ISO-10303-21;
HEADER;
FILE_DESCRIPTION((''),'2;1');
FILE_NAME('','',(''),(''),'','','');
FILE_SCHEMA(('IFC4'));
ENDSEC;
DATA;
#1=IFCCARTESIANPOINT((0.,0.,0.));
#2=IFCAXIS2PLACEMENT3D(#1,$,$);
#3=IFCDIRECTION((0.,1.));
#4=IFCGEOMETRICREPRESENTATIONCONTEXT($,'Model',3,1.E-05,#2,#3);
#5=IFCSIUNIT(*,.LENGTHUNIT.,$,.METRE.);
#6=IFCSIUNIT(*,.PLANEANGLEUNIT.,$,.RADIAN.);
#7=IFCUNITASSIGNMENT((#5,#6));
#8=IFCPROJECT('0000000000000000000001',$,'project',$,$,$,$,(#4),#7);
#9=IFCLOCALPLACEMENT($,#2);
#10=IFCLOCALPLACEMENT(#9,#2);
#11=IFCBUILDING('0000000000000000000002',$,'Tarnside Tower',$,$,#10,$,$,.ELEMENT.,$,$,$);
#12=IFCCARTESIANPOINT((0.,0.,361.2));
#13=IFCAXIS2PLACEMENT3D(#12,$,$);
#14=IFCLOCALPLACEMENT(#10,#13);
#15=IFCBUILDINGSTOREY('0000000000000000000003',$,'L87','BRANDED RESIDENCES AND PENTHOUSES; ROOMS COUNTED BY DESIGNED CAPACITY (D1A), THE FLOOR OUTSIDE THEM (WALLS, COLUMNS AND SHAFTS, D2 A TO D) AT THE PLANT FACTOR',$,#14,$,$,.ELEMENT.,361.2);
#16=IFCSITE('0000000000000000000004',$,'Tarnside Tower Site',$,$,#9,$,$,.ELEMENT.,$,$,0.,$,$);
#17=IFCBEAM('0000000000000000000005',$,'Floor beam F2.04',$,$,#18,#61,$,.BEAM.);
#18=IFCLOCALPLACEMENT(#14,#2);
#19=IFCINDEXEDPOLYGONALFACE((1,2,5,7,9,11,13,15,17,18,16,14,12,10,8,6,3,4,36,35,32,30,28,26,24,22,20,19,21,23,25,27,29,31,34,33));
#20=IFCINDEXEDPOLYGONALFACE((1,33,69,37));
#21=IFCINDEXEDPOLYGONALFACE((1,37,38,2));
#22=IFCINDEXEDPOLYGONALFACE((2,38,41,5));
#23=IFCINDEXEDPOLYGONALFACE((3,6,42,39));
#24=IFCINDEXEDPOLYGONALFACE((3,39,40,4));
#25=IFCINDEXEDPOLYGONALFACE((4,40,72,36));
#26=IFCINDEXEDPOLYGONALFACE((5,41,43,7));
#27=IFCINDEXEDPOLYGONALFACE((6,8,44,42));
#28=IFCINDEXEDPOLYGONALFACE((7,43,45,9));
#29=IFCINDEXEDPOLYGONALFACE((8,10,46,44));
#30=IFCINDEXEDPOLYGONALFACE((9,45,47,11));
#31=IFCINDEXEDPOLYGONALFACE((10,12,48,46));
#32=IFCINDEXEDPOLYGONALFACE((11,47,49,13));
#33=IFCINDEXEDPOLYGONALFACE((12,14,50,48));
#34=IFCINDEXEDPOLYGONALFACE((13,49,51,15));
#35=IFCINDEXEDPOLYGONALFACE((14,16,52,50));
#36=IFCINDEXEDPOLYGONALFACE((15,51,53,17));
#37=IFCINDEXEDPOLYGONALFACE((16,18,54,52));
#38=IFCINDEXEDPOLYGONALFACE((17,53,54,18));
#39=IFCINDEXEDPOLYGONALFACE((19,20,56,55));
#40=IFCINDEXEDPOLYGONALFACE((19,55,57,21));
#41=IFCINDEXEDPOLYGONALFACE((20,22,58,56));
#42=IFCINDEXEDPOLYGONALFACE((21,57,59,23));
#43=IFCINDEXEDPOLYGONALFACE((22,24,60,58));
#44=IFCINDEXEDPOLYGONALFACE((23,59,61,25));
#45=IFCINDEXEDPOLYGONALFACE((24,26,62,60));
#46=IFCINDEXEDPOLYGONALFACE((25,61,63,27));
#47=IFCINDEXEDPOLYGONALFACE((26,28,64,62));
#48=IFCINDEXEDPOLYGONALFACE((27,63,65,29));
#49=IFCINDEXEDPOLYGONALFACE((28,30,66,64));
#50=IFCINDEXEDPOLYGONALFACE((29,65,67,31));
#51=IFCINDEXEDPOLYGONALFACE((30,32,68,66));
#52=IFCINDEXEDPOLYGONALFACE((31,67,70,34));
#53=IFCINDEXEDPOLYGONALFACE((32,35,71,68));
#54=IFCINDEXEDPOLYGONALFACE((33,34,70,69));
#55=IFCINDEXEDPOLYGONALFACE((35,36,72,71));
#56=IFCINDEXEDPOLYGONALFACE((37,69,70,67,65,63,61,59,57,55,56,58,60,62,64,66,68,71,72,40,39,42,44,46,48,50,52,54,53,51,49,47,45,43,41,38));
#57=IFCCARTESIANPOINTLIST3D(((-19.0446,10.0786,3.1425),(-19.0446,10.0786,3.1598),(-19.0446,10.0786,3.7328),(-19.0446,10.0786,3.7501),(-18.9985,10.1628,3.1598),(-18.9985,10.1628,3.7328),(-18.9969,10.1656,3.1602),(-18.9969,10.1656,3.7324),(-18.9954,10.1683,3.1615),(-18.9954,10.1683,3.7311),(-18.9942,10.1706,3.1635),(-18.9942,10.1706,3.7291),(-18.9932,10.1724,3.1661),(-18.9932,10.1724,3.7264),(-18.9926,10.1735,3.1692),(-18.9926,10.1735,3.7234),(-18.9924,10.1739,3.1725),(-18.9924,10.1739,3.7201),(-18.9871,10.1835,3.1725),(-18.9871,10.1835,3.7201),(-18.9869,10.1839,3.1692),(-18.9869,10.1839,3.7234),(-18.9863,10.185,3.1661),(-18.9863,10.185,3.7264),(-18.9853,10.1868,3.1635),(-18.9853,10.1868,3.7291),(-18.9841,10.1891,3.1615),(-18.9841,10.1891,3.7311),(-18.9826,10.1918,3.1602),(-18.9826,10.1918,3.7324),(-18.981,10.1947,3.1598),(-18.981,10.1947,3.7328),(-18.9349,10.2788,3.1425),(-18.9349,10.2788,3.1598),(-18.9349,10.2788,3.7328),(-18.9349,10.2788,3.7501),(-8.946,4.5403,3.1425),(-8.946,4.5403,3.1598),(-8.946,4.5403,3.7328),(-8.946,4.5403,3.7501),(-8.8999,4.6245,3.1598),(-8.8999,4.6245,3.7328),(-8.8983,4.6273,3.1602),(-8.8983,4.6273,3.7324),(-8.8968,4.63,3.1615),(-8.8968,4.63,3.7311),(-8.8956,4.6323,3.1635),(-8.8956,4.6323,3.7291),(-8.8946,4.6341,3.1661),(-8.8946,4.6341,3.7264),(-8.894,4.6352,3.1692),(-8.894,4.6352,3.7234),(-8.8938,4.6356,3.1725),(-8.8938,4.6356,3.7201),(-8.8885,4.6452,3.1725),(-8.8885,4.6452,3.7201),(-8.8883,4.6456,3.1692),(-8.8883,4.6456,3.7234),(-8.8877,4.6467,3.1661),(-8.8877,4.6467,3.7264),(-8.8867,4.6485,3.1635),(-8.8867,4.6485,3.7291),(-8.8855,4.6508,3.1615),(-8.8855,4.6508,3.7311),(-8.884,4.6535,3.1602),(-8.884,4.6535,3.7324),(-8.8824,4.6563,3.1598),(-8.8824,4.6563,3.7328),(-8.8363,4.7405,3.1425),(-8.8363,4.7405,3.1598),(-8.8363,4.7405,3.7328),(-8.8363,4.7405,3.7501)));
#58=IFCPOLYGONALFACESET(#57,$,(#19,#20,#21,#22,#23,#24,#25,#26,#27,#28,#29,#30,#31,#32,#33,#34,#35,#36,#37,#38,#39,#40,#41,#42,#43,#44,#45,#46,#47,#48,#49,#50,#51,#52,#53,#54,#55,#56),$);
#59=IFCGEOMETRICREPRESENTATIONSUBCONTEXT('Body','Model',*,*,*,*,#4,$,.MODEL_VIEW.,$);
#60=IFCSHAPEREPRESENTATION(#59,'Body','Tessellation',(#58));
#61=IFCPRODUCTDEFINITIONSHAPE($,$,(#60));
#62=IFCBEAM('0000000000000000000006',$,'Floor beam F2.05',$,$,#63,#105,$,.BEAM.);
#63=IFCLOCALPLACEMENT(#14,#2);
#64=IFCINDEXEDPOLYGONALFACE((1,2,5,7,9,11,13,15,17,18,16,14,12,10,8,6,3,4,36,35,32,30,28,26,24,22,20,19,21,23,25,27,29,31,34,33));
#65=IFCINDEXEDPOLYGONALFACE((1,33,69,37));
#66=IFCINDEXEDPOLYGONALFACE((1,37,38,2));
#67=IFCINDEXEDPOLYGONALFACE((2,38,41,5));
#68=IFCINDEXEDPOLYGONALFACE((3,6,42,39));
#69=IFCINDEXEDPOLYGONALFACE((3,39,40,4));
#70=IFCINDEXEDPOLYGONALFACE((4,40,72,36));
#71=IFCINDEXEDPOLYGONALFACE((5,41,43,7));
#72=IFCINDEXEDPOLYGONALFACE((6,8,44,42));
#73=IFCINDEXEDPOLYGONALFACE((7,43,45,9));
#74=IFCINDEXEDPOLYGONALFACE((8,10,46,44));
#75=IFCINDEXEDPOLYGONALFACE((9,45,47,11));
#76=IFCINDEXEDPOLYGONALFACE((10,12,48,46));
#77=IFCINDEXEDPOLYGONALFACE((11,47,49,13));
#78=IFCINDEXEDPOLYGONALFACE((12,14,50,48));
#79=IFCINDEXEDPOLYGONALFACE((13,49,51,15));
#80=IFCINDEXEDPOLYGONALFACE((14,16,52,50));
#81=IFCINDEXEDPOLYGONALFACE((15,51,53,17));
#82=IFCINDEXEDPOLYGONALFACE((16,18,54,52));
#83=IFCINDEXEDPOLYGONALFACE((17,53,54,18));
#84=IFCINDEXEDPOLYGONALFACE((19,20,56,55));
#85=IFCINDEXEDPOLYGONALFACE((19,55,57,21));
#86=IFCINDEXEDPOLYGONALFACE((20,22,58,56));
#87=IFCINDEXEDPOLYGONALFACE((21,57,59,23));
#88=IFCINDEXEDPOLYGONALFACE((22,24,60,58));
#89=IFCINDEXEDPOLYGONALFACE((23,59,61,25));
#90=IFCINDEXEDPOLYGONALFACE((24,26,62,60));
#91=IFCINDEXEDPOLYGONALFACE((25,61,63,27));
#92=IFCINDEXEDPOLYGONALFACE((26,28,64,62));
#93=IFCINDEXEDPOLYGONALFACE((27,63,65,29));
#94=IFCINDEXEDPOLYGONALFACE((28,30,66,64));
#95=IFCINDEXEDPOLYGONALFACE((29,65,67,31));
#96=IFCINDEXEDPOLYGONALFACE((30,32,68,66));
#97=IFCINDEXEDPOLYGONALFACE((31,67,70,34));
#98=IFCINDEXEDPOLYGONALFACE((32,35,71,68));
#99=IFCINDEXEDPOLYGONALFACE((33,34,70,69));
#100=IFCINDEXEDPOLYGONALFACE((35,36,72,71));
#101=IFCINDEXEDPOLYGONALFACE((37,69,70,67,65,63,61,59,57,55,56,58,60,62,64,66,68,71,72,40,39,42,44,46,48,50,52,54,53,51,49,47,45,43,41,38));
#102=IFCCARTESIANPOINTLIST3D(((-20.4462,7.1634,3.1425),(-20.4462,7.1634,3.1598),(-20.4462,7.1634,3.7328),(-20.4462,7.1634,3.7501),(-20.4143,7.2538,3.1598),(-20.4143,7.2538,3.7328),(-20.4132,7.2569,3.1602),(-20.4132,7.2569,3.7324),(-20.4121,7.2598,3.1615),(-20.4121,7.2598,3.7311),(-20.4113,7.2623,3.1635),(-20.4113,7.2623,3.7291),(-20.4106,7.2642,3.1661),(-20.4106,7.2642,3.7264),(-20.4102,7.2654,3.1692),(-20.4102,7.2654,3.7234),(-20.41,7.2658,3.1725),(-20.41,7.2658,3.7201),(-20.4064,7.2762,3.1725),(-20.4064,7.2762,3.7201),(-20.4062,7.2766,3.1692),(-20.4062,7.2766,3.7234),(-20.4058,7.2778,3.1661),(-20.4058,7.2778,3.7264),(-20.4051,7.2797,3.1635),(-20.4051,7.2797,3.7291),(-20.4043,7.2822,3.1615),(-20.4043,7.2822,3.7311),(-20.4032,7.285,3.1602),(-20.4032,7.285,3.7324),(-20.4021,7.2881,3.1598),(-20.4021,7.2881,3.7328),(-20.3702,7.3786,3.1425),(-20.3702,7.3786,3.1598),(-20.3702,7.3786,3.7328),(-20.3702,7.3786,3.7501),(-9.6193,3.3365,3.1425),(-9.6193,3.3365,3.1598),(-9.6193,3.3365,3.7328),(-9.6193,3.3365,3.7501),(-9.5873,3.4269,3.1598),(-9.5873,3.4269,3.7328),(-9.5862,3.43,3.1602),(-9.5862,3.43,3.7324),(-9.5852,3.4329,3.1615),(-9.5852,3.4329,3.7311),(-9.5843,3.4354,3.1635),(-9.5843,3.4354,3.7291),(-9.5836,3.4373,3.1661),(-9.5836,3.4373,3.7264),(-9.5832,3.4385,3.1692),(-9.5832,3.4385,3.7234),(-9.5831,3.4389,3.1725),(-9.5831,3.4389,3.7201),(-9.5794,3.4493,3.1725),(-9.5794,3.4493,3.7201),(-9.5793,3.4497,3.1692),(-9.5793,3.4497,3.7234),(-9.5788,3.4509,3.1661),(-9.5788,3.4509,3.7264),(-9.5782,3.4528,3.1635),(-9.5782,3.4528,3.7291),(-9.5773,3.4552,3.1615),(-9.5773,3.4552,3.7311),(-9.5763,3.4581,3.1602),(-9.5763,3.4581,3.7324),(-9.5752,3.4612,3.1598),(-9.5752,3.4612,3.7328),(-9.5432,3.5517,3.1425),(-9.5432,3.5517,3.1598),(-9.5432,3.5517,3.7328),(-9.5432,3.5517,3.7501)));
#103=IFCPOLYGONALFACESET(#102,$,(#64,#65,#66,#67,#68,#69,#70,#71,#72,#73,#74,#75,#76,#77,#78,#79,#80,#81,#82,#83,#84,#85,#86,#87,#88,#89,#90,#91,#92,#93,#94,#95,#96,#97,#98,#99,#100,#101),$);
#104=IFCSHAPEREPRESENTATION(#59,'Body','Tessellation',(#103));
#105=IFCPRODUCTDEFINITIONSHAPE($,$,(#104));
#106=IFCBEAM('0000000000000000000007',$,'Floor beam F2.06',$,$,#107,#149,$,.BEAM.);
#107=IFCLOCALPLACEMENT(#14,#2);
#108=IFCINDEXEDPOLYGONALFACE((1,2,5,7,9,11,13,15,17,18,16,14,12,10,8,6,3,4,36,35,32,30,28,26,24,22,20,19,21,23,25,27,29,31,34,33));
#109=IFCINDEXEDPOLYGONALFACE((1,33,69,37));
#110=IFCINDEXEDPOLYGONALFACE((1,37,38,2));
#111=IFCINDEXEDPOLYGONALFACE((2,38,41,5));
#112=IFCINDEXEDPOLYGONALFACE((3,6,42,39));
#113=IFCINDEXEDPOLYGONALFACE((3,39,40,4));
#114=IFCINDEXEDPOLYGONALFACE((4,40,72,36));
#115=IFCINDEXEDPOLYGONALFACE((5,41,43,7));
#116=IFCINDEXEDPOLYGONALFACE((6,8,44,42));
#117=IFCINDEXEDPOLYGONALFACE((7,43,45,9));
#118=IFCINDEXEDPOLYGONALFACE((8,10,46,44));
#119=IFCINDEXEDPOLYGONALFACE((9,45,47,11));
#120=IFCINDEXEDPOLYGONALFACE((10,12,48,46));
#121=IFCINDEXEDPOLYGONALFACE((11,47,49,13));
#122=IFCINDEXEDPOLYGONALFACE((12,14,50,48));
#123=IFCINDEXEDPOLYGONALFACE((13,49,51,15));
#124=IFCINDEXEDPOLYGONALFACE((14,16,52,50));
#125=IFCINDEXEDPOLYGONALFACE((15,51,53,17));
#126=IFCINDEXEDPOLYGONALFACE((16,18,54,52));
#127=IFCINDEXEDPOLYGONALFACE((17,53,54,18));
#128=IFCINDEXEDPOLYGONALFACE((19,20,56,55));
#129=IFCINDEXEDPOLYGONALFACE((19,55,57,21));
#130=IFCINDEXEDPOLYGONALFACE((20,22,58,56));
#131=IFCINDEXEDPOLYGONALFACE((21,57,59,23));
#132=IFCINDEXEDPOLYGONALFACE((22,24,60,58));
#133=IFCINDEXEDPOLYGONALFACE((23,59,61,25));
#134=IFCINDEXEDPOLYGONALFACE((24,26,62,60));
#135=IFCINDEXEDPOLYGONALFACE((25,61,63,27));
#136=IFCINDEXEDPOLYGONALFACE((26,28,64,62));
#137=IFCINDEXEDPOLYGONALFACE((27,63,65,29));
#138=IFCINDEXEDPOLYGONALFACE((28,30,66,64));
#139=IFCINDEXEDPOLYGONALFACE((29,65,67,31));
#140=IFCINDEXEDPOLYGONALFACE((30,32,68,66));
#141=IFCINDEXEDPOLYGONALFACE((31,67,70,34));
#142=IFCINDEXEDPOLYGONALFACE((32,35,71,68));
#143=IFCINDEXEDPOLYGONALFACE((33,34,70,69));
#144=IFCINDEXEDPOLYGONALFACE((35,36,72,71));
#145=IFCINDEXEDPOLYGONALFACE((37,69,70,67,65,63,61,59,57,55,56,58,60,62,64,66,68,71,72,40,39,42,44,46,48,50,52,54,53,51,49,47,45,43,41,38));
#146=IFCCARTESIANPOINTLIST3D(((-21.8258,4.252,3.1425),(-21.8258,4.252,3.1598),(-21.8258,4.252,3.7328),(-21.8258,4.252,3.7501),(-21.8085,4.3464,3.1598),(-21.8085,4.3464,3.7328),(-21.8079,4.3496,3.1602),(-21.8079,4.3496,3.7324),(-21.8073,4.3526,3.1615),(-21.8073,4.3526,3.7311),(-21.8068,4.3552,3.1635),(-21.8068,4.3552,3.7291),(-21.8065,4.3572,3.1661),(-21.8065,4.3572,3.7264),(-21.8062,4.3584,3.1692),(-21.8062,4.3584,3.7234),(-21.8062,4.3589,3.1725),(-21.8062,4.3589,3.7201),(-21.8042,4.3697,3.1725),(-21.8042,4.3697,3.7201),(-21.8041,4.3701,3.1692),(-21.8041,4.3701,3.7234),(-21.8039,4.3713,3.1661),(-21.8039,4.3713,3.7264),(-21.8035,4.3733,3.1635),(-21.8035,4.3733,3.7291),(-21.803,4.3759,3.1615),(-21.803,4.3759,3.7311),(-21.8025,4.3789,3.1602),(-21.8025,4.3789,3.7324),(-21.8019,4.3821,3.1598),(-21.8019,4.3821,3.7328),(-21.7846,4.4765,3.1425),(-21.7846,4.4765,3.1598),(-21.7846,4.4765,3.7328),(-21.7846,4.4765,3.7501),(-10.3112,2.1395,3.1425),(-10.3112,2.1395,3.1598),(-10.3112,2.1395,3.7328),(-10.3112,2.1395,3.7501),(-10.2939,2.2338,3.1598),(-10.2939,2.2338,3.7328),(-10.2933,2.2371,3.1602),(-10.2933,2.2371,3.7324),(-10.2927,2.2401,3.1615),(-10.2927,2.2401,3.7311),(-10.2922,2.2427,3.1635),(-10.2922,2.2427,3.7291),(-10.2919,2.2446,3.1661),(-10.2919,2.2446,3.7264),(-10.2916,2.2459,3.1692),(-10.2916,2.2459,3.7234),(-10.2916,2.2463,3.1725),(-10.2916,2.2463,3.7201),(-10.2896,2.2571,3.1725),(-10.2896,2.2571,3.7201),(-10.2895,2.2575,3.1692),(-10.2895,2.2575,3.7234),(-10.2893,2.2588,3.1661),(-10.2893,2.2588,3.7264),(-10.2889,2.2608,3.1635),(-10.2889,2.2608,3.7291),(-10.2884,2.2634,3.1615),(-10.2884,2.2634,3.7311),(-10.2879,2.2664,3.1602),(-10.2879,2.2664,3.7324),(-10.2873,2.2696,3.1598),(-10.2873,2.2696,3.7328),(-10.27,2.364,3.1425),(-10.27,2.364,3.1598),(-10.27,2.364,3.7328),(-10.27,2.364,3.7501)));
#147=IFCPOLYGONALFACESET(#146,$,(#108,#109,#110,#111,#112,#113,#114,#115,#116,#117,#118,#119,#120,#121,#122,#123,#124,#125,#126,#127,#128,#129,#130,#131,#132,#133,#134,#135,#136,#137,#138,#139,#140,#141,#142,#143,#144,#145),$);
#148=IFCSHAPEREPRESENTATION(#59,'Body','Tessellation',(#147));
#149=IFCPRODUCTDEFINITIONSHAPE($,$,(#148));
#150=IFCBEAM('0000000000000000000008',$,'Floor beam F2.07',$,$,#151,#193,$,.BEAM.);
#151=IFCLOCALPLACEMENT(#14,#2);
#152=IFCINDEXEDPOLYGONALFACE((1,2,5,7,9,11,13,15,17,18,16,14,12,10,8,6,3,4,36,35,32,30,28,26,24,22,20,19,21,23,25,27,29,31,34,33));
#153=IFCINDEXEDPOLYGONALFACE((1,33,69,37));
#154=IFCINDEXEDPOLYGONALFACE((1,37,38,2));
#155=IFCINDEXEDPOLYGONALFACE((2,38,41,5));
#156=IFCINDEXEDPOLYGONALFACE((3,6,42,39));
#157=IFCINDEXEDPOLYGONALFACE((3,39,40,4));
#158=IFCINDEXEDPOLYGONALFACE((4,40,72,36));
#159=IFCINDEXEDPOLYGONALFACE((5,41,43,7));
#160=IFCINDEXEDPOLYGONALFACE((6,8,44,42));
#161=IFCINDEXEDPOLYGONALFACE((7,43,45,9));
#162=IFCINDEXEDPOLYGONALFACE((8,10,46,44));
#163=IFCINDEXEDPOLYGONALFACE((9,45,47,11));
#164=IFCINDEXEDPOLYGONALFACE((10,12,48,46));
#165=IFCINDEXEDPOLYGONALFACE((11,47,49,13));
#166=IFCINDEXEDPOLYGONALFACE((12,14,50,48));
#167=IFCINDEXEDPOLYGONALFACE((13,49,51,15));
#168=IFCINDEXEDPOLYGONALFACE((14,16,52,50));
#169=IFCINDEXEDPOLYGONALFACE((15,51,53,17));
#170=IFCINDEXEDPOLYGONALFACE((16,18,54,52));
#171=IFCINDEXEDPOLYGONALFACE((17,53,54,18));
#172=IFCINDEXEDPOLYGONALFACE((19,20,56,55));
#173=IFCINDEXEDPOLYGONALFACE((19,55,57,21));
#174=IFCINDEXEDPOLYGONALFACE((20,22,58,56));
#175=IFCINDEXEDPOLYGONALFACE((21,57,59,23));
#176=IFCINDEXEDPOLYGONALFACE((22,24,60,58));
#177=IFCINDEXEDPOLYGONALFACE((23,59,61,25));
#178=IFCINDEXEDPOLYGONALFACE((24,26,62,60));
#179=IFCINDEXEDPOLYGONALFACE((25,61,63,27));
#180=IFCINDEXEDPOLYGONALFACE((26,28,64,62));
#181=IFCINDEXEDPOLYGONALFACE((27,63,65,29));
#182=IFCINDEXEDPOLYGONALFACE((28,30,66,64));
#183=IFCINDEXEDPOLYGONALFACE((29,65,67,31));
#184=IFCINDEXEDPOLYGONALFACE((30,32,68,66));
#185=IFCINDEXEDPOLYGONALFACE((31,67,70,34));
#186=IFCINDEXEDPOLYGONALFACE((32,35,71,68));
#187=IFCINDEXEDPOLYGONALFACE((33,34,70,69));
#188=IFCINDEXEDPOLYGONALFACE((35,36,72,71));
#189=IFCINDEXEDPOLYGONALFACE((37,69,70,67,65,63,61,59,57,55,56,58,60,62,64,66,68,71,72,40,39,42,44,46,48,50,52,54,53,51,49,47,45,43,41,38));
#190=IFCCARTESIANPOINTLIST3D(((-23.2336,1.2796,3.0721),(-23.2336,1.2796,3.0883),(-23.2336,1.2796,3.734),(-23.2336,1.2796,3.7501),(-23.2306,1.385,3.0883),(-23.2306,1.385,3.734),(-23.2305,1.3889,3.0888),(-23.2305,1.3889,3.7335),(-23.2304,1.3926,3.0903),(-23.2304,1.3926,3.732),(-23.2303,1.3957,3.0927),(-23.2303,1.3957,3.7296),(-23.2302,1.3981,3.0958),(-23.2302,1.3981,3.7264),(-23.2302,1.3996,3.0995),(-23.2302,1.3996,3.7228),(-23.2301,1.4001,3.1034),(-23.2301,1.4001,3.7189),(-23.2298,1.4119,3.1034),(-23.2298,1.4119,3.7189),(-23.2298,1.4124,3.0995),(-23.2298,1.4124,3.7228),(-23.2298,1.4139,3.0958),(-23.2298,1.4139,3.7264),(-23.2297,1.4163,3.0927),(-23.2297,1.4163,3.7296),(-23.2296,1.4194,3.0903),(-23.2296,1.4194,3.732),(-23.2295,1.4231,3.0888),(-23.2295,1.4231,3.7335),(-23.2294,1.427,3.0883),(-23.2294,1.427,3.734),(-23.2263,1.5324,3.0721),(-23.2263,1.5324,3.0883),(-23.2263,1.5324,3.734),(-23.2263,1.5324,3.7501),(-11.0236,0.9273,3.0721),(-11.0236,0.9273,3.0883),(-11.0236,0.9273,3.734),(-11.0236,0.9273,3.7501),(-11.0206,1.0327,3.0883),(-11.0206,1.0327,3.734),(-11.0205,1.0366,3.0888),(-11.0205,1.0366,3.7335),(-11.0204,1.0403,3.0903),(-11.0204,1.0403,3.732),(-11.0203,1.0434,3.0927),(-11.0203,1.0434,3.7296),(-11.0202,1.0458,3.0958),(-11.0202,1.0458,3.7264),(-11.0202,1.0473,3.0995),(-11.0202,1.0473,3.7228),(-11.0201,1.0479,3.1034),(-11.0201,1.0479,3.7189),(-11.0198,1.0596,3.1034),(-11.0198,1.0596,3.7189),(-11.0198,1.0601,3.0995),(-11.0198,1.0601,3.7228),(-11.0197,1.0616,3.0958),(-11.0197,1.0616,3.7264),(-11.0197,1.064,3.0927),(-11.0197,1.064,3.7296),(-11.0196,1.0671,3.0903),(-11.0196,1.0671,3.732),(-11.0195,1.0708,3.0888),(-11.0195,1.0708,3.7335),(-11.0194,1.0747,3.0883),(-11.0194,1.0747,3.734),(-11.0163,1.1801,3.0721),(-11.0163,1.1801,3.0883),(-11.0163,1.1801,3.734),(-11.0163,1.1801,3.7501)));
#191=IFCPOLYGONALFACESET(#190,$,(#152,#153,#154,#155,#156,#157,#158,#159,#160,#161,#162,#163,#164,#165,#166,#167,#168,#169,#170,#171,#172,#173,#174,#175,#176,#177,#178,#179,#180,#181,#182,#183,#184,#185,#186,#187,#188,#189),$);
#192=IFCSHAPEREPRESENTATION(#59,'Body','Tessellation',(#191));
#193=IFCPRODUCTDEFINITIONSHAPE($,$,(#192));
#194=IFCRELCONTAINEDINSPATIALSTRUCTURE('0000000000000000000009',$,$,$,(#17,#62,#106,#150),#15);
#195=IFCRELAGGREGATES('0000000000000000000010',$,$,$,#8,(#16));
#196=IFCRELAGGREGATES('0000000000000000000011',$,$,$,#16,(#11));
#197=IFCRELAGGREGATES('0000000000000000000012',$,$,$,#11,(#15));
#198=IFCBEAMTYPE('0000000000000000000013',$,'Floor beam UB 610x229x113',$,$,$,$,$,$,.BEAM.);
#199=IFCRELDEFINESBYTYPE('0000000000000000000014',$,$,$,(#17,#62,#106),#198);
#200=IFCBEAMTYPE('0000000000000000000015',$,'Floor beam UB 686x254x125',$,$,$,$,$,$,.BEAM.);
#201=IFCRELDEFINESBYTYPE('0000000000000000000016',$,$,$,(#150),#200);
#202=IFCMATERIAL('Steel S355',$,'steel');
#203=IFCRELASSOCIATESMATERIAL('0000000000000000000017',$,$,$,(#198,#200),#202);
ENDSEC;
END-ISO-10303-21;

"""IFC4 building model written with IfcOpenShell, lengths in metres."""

from ifc_helpers import new_model, si_unit, direction, frame, origin, origin_2d, place, context, subcontext, project, spatial, i_section, extrude, material, material_profile, profile_set, type_object, element, save


model = new_model("IFC4")

# Units and contexts
model_context = context("Model", 3, precision=1e-05, world=origin(), true_north=direction((0.0, 1.0)))
body_context = subcontext(model_context, "Body", "Model", "MODEL_VIEW")
ifc_project = project(units=[si_unit("LENGTHUNIT", "METRE"), si_unit("PLANEANGLEUNIT", "RADIAN")], contexts=[model_context])

# Site, building, storey
site_placement = place(None, origin())
site = spatial("IfcSite", under=ifc_project, at=site_placement, Name="Tarnside Tower Site", CompositionType="ELEMENT", RefElevation=0.0)
building_placement = place(site_placement, origin())
building = spatial("IfcBuilding", under=site, at=building_placement, Name="Tarnside Tower", CompositionType="ELEMENT")
storey_placement = place(building_placement, frame((0.0, 0.0, 361.2)))
storey = spatial("IfcBuildingStorey", under=building, at=storey_placement, Name="L87", Description="BRANDED RESIDENCES AND PENTHOUSES; ROOMS COUNTED BY DESIGNED CAPACITY (D1A), THE FLOOR OUTSIDE THEM (WALLS, COLUMNS AND SHAFTS, D2 A TO D) AT THE PLANT FACTOR", CompositionType="ELEMENT", Elevation=361.2)

# Beams
ifc_material_1 = material(Name="Steel S355", Category="steel")
ifc_material_profile_1 = material_profile(ifc_material_1, i_section(OverallWidth=0.2283, OverallDepth=0.6077, WebThickness=0.011, FlangeThickness=0.0173, FilletRadius=0.0127, at=origin_2d()), Name="UB 610x229x113")
ifc_profile_set_1 = profile_set([ifc_material_profile_1], Name="Steel S355")
beam_type_1 = type_object("IfcBeamType", Name="Floor beam UB 610x229x113", PredefinedType="BEAM", material=ifc_profile_set_1)
beam_1_placement = place(storey_placement, frame((-18.9897, 10.1787, 3.4463), z_axis=(0.876799, -0.480857, 0.0), x_axis=(0.480857, 0.876799, 0.0)))
element("IfcBeam", 1, at=beam_1_placement, inside=storey, type_object=beam_type_1, Name="Floor beam F2.04", PredefinedType="BEAM", context=body_context, shape_type="SweptSolid", body=[
    extrude(i_section(OverallWidth=0.2283, OverallDepth=0.6077, WebThickness=0.011, FlangeThickness=0.0173, FilletRadius=0.0127, at=origin_2d()), origin(), (0.0, 0.0, 1.0), 11.5176),
])
beam_2_placement = place(storey_placement, frame((-20.4082, 7.271, 3.4463), z_axis=(0.942836, -0.333257, 0.0), x_axis=(0.333257, 0.942836, 0.0)))
element("IfcBeam", 2, at=beam_2_placement, inside=storey, type_object=beam_type_1, Name="Floor beam F2.05", PredefinedType="BEAM", context=body_context, shape_type="SweptSolid", body=[
    extrude(i_section(OverallWidth=0.2283, OverallDepth=0.6077, WebThickness=0.011, FlangeThickness=0.0173, FilletRadius=0.0127, at=origin_2d()), origin(), (0.0, 0.0, 1.0), 11.4834),
])
beam_3_placement = place(storey_placement, frame((-21.8052, 4.3643, 3.4463), z_axis=(0.983583, -0.180454, 0.0), x_axis=(0.180454, 0.983583, 0.0)))
element("IfcBeam", 3, at=beam_3_placement, inside=storey, type_object=beam_type_1, Name="Floor beam F2.06", PredefinedType="BEAM", context=body_context, shape_type="SweptSolid", body=[
    extrude(i_section(OverallWidth=0.2283, OverallDepth=0.6077, WebThickness=0.011, FlangeThickness=0.0173, FilletRadius=0.0127, at=origin_2d()), origin(), (0.0, 0.0, 1.0), 11.7068),
])
ifc_material_profile_2 = material_profile(ifc_material_1, i_section(OverallWidth=0.2529, OverallDepth=0.678, WebThickness=0.0117, FlangeThickness=0.0161, FilletRadius=0.0151, at=origin_2d()), Name="UB 686x254x125")
ifc_profile_set_2 = profile_set([ifc_material_profile_2], Name="Steel S355")
beam_type_2 = type_object("IfcBeamType", Name="Floor beam UB 686x254x125", PredefinedType="BEAM", material=ifc_profile_set_2)
beam_4_placement = place(storey_placement, frame((-23.23, 1.406, 3.4111), z_axis=(0.999584, -0.028841, 0.0), x_axis=(0.028841, 0.999584, 0.0)))
element("IfcBeam", 4, at=beam_4_placement, inside=storey, type_object=beam_type_2, Name="Floor beam F2.07", PredefinedType="BEAM", context=body_context, shape_type="SweptSolid", body=[
    extrude(i_section(OverallWidth=0.2529, OverallDepth=0.678, WebThickness=0.0117, FlangeThickness=0.0161, FilletRadius=0.0151, at=origin_2d()), origin(), (0.0, 0.0, 1.0), 12.2151),
])

save(model, "model.ifc")
